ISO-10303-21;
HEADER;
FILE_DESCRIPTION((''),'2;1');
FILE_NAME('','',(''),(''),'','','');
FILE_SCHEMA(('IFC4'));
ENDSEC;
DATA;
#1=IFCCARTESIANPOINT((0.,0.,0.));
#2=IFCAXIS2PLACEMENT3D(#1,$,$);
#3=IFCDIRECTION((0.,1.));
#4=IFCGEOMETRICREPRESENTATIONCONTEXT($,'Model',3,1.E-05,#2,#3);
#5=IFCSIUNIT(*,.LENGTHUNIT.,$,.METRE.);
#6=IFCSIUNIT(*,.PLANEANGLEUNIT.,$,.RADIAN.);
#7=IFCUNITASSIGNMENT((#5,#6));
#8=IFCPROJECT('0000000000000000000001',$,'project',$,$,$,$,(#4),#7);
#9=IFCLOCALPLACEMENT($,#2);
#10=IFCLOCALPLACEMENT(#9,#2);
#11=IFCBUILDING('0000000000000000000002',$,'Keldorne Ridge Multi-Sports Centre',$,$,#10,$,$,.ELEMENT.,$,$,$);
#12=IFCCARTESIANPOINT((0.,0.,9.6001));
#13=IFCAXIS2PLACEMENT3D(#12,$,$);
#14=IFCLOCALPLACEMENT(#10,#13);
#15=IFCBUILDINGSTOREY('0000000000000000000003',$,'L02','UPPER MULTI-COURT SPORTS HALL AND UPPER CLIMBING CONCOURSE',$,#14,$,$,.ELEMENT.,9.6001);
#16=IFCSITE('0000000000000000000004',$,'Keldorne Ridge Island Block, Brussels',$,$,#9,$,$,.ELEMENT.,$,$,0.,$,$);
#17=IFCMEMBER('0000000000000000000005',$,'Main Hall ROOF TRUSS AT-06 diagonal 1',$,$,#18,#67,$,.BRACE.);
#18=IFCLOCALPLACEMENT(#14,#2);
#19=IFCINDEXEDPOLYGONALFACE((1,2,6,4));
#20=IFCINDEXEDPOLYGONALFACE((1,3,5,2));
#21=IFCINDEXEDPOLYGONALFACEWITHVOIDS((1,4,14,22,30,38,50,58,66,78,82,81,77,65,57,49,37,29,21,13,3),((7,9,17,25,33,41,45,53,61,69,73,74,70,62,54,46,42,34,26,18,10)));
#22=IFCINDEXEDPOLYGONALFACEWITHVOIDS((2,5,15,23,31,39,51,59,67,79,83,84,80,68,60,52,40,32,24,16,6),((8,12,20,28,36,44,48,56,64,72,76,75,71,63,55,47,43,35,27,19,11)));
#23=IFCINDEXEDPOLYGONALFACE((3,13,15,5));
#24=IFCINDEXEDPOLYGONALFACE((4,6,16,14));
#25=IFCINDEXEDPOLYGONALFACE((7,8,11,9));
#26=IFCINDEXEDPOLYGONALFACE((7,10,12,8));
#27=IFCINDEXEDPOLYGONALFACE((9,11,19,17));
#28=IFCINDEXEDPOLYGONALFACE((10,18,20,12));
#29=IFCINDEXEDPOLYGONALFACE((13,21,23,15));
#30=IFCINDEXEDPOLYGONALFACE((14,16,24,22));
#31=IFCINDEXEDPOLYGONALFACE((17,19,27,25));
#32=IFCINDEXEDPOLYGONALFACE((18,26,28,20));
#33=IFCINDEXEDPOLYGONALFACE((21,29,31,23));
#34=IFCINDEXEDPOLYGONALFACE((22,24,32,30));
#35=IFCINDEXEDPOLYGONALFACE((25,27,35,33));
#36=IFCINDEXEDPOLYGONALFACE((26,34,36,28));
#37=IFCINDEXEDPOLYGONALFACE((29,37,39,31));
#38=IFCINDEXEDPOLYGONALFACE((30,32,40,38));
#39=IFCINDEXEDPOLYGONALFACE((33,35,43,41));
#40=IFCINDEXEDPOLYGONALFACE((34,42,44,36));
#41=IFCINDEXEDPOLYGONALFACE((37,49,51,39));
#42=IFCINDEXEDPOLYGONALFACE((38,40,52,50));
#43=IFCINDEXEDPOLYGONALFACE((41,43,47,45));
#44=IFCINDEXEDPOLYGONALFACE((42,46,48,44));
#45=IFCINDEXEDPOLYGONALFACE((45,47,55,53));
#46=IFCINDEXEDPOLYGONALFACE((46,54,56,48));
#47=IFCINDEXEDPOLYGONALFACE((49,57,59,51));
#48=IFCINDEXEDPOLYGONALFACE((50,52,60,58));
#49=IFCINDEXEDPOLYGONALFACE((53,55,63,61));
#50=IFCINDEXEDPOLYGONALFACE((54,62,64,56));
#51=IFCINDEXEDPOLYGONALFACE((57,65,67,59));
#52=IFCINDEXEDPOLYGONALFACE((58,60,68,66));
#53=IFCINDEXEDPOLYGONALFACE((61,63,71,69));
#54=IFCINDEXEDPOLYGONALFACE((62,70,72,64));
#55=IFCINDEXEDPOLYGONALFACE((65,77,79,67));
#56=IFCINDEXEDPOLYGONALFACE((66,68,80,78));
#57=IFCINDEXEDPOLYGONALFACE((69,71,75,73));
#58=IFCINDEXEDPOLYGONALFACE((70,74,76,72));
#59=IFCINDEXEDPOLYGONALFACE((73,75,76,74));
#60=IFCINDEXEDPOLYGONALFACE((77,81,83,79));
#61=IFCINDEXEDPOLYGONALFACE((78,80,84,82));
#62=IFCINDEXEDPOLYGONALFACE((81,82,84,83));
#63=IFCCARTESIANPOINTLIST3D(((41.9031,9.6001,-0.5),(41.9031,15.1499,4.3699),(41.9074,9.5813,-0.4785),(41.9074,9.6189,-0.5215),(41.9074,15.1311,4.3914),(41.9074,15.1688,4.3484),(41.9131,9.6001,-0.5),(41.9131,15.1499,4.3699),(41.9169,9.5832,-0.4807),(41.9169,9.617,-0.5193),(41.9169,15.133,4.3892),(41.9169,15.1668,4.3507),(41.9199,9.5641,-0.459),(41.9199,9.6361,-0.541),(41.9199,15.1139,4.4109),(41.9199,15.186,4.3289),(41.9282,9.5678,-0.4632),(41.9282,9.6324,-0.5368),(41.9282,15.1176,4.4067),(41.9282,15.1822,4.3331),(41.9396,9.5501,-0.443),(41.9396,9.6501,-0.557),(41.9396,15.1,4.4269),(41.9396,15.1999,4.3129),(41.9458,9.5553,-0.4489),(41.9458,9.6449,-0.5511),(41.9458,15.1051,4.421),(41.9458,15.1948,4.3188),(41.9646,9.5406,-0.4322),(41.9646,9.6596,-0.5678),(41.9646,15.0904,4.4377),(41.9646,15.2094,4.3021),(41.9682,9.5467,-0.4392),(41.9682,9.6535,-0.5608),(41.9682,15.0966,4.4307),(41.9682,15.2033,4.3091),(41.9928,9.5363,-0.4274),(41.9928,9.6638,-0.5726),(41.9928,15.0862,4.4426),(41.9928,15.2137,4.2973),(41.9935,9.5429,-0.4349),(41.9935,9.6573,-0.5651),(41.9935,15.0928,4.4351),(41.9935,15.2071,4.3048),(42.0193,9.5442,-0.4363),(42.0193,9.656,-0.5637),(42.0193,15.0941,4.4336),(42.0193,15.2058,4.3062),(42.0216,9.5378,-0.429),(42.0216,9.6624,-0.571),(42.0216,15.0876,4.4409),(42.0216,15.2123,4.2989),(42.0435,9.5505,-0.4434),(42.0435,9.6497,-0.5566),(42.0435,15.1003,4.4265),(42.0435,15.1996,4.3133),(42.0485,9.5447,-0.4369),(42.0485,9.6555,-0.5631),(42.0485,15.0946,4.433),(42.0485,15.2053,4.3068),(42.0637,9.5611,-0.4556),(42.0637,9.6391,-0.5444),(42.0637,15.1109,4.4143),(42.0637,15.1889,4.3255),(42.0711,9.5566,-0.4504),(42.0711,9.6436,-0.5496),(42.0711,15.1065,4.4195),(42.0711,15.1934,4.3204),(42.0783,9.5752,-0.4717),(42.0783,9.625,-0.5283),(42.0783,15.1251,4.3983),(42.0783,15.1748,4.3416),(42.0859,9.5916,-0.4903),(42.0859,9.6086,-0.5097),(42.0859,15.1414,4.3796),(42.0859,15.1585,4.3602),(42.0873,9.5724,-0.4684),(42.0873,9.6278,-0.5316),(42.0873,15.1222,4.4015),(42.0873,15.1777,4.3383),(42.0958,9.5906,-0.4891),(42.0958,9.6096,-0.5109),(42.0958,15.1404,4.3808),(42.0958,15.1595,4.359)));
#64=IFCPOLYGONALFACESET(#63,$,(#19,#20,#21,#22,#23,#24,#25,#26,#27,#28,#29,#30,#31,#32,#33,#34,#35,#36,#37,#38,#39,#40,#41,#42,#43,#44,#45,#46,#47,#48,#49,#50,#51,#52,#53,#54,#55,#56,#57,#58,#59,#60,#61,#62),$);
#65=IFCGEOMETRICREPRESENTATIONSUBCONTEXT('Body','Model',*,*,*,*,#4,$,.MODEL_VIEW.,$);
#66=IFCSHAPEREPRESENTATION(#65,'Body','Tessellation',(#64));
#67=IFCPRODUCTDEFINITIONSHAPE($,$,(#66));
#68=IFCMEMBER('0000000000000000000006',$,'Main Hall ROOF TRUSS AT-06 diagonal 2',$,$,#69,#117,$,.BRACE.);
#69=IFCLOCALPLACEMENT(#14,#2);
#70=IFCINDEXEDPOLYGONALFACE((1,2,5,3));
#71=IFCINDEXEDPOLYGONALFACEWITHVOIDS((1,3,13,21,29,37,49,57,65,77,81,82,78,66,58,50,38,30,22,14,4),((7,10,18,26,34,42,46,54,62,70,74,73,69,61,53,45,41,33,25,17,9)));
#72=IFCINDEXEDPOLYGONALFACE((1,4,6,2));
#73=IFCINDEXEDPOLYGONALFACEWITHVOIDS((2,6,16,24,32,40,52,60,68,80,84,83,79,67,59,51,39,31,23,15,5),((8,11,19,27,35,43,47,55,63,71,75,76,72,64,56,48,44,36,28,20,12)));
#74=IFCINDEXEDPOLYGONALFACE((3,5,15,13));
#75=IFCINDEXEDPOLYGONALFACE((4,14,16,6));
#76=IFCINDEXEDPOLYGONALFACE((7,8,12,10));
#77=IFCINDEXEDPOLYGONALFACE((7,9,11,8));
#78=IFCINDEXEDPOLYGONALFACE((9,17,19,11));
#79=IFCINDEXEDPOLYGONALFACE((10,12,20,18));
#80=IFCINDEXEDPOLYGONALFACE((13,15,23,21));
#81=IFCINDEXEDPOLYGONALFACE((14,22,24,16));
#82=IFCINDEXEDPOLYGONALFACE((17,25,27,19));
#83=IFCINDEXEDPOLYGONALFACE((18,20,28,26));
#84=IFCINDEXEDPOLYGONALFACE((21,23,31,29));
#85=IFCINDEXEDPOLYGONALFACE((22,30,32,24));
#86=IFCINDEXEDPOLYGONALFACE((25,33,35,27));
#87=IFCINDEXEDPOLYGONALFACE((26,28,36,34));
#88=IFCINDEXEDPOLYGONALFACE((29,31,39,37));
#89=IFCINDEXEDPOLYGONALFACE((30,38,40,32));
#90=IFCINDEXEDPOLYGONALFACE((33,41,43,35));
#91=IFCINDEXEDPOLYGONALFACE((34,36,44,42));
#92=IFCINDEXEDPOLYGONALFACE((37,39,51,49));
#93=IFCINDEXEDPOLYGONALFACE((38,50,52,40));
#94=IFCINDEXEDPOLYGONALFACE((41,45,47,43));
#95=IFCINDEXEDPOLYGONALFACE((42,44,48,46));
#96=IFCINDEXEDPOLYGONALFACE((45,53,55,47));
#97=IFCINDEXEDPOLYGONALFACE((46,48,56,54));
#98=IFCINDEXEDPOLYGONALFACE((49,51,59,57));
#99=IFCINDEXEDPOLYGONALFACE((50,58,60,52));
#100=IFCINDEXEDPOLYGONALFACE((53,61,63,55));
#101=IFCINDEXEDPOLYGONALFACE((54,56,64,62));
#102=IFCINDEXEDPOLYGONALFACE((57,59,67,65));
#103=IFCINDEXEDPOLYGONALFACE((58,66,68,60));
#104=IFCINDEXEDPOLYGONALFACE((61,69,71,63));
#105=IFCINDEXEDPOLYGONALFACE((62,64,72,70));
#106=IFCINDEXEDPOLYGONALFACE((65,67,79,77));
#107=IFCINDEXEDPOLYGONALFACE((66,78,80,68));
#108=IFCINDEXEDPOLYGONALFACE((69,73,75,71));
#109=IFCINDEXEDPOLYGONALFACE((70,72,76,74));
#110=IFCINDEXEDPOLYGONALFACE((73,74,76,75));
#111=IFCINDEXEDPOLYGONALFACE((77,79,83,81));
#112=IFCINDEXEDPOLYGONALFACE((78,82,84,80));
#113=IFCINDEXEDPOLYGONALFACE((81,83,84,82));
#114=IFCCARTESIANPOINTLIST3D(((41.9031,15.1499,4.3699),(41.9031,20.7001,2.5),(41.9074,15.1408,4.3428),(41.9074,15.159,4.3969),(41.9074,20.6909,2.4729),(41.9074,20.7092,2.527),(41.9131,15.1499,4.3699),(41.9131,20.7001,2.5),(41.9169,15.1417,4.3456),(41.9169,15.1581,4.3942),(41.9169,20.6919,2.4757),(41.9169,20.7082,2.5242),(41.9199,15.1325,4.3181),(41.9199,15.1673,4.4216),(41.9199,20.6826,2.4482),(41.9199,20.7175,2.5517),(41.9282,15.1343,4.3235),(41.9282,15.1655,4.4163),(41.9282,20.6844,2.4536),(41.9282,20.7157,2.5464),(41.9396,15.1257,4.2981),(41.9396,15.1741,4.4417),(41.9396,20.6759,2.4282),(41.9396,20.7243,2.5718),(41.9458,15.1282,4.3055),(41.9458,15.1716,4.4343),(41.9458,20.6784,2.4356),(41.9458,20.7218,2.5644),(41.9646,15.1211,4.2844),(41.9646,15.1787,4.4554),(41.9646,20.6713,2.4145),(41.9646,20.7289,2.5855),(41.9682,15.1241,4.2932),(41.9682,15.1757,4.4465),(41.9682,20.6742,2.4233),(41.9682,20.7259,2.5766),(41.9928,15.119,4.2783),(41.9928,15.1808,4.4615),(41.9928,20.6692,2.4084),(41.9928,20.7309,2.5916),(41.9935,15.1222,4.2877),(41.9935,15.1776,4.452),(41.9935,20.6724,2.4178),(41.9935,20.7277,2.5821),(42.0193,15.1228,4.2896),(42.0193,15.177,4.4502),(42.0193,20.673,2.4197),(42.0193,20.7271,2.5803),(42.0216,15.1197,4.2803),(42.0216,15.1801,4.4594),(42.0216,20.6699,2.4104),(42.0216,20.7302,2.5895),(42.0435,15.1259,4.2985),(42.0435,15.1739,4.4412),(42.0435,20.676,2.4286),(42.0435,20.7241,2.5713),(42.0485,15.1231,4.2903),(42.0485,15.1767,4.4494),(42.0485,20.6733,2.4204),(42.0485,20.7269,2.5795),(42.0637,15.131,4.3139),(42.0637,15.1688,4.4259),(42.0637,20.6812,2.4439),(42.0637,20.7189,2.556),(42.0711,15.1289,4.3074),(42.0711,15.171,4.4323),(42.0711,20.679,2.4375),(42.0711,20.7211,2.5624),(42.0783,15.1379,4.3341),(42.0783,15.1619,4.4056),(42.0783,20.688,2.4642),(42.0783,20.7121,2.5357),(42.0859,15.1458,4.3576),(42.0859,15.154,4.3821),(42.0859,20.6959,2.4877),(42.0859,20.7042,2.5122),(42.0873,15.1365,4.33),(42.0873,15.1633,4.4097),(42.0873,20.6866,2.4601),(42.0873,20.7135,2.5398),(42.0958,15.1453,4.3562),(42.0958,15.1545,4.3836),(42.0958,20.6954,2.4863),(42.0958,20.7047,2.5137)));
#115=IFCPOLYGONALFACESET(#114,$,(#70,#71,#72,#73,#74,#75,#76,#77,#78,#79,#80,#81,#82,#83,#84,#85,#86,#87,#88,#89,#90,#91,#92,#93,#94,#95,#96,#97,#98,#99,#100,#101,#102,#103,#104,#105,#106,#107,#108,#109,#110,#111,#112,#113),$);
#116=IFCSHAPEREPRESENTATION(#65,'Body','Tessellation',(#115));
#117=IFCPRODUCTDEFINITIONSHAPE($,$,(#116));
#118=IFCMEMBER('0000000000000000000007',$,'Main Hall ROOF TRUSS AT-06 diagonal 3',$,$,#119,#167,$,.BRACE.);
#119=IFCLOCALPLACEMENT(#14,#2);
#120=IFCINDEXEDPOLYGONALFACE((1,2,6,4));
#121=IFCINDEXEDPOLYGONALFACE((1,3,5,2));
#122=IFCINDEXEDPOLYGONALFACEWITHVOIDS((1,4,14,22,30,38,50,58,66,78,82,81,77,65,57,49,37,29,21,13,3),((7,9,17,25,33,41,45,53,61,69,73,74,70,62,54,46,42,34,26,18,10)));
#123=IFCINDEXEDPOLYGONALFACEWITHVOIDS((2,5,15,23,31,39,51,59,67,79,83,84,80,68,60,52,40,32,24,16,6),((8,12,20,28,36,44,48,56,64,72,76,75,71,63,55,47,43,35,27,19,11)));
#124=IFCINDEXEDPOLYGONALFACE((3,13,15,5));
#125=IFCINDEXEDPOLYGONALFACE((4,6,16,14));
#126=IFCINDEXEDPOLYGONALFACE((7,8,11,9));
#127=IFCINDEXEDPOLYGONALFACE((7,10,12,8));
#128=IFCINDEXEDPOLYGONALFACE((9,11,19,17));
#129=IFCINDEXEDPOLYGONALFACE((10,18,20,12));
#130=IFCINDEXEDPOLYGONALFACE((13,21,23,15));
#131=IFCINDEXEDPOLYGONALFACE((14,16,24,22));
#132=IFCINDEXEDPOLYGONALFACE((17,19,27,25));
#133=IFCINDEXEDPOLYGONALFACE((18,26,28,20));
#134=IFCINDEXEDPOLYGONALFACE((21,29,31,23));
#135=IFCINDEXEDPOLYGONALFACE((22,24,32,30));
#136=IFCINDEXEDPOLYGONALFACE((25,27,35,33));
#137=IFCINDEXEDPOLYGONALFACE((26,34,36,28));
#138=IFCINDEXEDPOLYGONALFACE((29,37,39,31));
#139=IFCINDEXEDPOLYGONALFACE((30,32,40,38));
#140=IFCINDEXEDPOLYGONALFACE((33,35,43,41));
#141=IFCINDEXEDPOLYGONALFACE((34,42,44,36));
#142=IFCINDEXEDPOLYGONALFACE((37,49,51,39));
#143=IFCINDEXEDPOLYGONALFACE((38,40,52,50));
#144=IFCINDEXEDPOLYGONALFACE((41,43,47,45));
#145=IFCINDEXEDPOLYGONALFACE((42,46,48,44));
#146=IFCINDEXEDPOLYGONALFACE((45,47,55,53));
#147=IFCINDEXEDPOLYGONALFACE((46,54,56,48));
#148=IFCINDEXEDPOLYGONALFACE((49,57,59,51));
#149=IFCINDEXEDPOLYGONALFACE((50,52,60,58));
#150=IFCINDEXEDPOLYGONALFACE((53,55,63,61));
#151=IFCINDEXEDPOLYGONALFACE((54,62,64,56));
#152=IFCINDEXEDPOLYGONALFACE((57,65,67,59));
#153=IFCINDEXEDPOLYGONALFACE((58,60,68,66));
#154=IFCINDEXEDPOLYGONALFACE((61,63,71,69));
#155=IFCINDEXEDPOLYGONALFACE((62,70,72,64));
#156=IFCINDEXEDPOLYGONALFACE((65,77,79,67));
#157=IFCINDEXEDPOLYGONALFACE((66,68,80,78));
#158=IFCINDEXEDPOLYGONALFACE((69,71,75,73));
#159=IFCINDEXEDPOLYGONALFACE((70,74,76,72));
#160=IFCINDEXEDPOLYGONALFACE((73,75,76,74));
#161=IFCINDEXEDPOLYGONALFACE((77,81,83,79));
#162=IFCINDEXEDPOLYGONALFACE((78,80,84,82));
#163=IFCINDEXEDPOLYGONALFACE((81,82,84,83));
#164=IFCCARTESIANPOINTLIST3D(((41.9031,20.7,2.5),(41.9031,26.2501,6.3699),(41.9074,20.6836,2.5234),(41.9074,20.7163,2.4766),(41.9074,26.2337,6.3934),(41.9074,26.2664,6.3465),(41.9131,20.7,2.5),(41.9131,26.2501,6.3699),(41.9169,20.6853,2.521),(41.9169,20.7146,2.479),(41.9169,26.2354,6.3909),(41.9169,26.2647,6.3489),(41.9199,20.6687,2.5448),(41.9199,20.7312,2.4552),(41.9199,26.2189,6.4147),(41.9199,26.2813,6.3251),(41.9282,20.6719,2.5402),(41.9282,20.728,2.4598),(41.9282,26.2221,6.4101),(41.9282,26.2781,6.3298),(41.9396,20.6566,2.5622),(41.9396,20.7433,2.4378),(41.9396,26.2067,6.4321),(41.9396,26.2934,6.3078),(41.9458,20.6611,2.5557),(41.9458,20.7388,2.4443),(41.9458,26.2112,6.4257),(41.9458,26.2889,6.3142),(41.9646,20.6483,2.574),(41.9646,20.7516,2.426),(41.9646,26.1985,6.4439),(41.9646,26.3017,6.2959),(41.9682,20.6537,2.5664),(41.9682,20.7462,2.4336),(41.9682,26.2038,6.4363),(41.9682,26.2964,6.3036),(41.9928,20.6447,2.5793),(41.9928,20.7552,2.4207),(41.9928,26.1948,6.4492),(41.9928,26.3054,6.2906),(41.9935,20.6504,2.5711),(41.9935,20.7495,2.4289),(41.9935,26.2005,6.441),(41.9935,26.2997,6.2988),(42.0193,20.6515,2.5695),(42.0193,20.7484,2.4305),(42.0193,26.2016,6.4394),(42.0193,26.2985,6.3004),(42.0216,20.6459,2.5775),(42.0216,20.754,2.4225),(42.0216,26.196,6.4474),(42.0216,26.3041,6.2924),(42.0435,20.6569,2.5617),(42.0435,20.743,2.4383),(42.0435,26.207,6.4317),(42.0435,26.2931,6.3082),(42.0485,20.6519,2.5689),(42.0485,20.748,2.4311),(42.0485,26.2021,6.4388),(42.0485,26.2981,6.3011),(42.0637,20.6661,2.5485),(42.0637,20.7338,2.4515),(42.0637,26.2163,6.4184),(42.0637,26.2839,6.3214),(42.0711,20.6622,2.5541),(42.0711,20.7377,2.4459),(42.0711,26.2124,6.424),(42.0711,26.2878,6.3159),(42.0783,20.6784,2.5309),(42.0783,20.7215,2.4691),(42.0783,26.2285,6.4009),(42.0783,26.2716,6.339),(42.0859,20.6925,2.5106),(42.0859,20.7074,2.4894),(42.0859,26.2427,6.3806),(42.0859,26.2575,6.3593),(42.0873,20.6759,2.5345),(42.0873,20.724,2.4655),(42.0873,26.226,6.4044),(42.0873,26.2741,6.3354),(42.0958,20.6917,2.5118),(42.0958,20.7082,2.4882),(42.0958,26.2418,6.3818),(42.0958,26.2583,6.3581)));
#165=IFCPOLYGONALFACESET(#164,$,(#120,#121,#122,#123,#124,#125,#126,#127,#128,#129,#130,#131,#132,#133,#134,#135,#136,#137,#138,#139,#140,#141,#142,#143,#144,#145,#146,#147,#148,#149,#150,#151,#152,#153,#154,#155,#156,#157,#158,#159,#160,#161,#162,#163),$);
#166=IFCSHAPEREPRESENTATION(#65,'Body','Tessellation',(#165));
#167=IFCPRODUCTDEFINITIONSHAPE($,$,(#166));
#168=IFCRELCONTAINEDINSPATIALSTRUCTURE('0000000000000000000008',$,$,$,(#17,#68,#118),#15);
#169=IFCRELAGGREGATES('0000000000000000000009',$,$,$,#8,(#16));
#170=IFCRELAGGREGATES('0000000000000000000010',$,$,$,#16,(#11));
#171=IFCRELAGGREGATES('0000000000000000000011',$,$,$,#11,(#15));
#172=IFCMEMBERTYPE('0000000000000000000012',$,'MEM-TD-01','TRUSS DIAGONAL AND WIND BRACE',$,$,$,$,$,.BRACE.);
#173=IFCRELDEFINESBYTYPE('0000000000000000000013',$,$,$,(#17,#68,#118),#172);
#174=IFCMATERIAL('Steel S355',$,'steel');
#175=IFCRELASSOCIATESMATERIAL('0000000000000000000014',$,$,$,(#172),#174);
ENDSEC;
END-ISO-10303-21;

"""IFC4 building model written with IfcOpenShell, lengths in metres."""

from ifc_helpers import new_model, si_unit, direction, frame, origin, origin_2d, place, context, subcontext, project, spatial, hollow_circle, extrude, material, material_profile, profile_set, type_object, element, save


model = new_model("IFC4")

# Units and contexts
model_context = context("Model", 3, precision=1e-05, world=origin(), true_north=direction((0.0, 1.0)))
body_context = subcontext(model_context, "Body", "Model", "MODEL_VIEW")
ifc_project = project(units=[si_unit("LENGTHUNIT", "METRE"), si_unit("PLANEANGLEUNIT", "RADIAN")], contexts=[model_context])

# Site, building, storey
site_placement = place(None, origin())
site = spatial("IfcSite", under=ifc_project, at=site_placement, Name="Keldorne Ridge Island Block, Brussels", CompositionType="ELEMENT", RefElevation=0.0)
building_placement = place(site_placement, origin())
building = spatial("IfcBuilding", under=site, at=building_placement, Name="Keldorne Ridge Multi-Sports Centre", CompositionType="ELEMENT")
storey_placement = place(building_placement, frame((0.0, 0.0, 9.6001)))
storey = spatial("IfcBuildingStorey", under=building, at=storey_placement, Name="L02", Description="UPPER MULTI-COURT SPORTS HALL AND UPPER CLIMBING CONCOURSE", CompositionType="ELEMENT", Elevation=9.6001)

# Shared definitions
ifc_material = material(Name="Steel S355", Category="steel")

# Members
ifc_material_profile_1 = material_profile(ifc_material, hollow_circle(Radius=0.0969, WallThickness=0.01, at=origin_2d()), Name="CHS 193.7x10")
ifc_profile_set_1 = profile_set([ifc_material_profile_1], Name="Steel S355")
member_type_1 = type_object("IfcMemberType", Name="MEM-TD-01", Description="TRUSS DIAGONAL AND WIND BRACE", PredefinedType="BRACE", material=ifc_profile_set_1)
member_1_placement = place(storey_placement, frame((42.0, 9.6001, -0.5), z_axis=(0.0, 0.75165, 0.659562), x_axis=(-1.0, 0.0, 0.0)))
element("IfcMember", 1, at=member_1_placement, inside=storey, type_object=member_type_1, Name="Main Hall ROOF TRUSS AT-06 diagonal 1", PredefinedType="BRACE", context=body_context, shape_type="SweptSolid", body=[
    extrude(hollow_circle(Radius=0.0969, WallThickness=0.01, at=origin_2d()), origin(), (0.0, 0.0, 1.0), 7.3835),
])
member_2_placement = place(storey_placement, frame((42.0, 15.1499, 4.3699), z_axis=(0.0, 0.947661, -0.319278), x_axis=(-1.0, 0.0, 0.0)))
element("IfcMember", 2, at=member_2_placement, inside=storey, type_object=member_type_1, Name="Main Hall ROOF TRUSS AT-06 diagonal 2", PredefinedType="BRACE", context=body_context, shape_type="SweptSolid", body=[
    extrude(hollow_circle(Radius=0.0969, WallThickness=0.01, at=origin_2d()), origin(), (0.0, 0.0, 1.0), 5.8567),
])
member_3_placement = place(storey_placement, frame((42.0, 20.7, 2.5), z_axis=(0.0, 0.820283, 0.571958), x_axis=(-1.0, 0.0, 0.0)))
element("IfcMember", 3, at=member_3_placement, inside=storey, type_object=member_type_1, Name="Main Hall ROOF TRUSS AT-06 diagonal 3", PredefinedType="BRACE", context=body_context, shape_type="SweptSolid", body=[
    extrude(hollow_circle(Radius=0.0969, WallThickness=0.01, at=origin_2d()), origin(), (0.0, 0.0, 1.0), 6.7661),
])

save(model, "model.ifc")
